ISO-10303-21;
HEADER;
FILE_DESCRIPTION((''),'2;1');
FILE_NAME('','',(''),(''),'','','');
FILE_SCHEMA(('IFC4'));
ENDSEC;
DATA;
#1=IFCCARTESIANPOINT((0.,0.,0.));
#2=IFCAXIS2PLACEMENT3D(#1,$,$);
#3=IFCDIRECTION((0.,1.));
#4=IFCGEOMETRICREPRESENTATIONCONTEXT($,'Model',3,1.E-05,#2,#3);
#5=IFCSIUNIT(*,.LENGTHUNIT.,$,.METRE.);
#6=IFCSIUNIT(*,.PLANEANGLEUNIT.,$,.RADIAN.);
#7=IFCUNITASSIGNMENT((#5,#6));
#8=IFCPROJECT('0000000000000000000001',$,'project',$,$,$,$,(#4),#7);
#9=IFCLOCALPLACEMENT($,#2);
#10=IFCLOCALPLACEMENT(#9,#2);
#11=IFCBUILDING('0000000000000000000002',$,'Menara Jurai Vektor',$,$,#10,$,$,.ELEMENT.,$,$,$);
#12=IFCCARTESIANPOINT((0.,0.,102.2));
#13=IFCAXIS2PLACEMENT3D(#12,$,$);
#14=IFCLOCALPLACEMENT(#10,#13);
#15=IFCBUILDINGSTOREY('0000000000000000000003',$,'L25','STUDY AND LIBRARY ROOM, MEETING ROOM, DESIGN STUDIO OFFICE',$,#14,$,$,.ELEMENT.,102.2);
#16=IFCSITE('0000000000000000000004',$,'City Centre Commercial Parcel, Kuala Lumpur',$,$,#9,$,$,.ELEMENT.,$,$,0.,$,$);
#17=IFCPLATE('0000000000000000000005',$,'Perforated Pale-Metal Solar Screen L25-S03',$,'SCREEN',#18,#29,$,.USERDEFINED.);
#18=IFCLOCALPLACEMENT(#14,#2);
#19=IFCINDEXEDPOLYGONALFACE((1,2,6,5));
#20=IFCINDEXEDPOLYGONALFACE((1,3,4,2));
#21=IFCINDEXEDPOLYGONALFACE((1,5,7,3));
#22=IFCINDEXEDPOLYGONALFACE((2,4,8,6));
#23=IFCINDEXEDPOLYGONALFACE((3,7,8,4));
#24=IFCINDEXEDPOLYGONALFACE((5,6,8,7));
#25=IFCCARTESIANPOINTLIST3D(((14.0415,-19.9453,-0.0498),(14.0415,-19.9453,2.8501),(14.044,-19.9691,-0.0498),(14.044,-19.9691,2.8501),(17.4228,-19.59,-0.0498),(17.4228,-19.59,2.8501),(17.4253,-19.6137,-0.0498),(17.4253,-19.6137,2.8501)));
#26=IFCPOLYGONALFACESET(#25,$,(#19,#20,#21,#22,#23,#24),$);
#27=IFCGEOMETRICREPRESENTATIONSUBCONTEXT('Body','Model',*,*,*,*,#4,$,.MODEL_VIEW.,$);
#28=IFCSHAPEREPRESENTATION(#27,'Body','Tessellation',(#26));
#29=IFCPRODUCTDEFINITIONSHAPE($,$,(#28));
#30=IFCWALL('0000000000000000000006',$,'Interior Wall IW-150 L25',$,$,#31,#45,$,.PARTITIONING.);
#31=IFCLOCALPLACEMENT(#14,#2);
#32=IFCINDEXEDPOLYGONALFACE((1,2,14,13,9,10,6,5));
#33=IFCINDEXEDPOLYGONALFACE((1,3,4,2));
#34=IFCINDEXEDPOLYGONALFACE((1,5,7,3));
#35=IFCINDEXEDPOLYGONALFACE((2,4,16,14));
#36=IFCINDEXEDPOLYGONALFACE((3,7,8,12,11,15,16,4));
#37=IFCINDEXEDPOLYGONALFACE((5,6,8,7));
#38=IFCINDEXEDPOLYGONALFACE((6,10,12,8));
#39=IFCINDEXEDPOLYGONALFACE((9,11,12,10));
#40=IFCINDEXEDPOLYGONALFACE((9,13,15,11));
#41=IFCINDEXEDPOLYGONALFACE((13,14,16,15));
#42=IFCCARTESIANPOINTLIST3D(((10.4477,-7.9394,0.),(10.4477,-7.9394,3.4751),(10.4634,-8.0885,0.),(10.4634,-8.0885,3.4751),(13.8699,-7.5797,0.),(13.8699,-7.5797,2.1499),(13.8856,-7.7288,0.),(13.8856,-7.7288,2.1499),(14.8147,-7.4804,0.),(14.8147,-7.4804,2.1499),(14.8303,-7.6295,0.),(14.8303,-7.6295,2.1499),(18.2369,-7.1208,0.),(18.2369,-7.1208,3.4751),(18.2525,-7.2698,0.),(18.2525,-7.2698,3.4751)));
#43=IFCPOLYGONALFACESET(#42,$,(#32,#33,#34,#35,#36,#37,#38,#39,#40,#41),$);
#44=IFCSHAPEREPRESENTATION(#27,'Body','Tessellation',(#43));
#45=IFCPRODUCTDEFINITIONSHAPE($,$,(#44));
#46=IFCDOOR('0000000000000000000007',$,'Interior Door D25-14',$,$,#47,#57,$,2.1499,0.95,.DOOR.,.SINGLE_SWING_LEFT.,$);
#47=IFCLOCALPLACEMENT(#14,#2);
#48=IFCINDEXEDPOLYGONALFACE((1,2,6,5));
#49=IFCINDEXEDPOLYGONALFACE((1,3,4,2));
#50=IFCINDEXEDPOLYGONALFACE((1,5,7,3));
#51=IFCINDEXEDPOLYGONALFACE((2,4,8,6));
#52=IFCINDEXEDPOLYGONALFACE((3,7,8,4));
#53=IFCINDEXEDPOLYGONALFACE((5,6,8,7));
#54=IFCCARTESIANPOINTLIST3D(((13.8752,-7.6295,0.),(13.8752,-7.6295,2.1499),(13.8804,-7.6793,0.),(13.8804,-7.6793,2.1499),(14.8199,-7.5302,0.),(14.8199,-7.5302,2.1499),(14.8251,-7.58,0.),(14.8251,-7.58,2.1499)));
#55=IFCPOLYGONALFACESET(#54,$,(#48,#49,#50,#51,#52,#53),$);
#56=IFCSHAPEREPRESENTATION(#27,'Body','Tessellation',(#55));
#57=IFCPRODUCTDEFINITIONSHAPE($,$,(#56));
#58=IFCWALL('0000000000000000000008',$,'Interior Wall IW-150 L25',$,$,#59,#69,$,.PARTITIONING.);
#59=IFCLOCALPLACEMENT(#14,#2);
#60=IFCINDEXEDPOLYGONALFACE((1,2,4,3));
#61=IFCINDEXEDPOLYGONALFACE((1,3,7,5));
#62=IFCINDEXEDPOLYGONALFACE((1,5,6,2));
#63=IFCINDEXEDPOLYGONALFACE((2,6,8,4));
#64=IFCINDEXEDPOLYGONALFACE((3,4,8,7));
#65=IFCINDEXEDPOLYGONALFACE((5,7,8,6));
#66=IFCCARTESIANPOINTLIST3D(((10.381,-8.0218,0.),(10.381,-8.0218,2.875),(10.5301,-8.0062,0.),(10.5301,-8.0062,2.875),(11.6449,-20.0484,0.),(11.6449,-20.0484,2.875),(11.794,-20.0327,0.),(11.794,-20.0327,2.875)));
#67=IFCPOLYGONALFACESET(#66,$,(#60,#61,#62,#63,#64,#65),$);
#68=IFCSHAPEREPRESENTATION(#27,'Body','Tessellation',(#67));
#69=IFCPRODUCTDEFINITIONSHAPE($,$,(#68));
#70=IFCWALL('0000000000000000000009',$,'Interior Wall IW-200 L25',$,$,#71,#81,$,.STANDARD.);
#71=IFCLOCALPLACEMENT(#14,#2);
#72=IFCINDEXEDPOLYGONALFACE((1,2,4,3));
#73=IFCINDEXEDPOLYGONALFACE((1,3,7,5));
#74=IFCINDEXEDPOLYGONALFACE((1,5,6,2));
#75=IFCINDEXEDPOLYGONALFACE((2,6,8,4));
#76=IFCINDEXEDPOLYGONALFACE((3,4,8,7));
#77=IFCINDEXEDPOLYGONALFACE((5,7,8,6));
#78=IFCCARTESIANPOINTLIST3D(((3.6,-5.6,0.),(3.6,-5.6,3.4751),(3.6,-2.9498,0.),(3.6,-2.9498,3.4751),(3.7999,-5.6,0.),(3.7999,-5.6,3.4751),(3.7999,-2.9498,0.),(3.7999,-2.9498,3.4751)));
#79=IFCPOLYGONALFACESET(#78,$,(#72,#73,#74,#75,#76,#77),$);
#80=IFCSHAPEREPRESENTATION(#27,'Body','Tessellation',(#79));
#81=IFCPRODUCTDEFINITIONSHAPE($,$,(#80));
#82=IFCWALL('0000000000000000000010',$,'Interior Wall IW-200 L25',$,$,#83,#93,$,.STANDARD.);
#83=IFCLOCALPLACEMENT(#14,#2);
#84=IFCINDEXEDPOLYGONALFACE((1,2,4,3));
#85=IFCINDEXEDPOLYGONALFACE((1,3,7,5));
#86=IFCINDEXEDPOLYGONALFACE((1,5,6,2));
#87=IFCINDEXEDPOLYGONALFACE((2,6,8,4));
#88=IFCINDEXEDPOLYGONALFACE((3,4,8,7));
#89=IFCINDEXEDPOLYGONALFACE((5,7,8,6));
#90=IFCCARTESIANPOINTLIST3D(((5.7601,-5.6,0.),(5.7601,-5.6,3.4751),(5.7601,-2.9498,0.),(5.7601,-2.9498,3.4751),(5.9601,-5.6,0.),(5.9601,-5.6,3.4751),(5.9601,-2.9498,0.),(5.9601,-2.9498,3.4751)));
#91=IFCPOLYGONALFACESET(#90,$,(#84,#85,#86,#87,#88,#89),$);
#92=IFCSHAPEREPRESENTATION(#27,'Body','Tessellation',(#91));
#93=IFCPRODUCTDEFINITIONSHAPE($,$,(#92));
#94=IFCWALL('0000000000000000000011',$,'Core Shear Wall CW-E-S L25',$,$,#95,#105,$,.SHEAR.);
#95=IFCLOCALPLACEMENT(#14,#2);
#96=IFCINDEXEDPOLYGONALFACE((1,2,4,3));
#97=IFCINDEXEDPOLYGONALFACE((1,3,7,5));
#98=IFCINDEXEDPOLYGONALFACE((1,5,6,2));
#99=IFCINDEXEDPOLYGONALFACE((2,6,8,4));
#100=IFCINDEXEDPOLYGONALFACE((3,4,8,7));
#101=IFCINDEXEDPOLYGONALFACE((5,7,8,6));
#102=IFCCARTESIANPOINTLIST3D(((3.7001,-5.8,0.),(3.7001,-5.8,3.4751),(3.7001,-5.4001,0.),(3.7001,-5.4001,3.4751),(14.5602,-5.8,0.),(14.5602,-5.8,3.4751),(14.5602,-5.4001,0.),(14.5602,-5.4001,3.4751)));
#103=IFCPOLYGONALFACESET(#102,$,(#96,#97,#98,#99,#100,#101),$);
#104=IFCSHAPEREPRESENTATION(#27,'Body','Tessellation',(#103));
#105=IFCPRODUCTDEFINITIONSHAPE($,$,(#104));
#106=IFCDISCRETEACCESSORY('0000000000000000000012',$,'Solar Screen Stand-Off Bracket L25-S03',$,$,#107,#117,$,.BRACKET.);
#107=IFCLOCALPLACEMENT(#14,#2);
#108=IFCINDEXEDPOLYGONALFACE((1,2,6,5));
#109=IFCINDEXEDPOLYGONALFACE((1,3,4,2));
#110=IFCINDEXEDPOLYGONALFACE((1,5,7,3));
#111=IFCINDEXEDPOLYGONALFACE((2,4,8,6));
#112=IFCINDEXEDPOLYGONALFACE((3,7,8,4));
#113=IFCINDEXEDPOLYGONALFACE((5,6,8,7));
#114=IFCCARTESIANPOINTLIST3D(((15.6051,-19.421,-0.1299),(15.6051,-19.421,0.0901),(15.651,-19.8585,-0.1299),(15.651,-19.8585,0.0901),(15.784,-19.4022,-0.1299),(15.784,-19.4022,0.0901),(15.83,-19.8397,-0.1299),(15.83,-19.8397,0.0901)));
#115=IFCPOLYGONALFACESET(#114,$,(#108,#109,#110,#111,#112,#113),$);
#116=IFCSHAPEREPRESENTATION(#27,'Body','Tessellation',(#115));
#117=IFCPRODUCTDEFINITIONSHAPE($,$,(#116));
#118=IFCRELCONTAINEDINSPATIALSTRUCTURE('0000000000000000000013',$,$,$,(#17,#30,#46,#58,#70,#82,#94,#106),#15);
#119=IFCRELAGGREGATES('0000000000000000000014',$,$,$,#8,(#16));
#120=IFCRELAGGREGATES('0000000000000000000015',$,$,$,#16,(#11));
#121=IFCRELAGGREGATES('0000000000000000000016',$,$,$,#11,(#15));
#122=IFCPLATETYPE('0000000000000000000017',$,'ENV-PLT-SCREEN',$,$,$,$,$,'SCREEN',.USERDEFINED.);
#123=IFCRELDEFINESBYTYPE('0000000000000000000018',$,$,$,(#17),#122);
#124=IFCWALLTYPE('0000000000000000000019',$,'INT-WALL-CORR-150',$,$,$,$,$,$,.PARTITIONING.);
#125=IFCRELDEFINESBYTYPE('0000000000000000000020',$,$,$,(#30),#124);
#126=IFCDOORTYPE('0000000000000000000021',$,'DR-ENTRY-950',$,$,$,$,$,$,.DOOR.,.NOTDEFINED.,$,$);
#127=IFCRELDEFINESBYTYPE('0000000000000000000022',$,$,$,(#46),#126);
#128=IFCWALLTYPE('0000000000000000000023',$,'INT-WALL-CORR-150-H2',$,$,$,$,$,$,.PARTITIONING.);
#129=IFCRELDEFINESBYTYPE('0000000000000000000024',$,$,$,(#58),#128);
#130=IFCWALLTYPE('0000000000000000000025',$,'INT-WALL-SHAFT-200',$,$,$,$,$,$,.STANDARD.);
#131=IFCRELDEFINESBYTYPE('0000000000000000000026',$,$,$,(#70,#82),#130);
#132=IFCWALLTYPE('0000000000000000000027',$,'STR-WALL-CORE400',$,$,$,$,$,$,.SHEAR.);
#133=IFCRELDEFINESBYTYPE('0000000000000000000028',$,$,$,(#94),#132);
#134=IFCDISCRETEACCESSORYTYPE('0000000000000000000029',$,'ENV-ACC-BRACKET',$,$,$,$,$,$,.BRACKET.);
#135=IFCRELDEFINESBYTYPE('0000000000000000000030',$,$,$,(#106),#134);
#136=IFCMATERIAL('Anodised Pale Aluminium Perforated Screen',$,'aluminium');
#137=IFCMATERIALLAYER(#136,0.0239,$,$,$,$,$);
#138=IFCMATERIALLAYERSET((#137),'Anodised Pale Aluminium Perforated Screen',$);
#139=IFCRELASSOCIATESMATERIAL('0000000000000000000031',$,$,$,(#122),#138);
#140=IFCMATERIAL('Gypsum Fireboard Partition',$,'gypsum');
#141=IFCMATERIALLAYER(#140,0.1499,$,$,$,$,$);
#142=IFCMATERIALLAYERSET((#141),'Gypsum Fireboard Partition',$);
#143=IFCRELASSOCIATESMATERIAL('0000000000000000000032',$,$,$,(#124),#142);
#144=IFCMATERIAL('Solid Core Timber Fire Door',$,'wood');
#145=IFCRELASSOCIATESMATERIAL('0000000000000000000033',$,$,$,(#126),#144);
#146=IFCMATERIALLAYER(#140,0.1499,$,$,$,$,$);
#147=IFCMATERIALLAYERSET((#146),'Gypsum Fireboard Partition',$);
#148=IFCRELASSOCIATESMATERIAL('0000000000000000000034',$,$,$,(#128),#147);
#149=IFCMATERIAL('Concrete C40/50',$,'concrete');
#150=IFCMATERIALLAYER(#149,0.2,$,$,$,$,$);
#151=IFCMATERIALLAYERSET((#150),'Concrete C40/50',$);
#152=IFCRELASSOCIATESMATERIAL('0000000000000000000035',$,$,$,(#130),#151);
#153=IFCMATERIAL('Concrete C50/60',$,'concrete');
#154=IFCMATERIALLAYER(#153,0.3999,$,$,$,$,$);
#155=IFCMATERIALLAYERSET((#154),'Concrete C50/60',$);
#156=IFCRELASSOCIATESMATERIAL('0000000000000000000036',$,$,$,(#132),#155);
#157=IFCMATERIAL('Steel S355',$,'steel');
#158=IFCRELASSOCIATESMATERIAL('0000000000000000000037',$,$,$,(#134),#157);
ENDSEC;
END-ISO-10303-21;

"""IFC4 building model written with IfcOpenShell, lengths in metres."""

from ifc_helpers import new_model, si_unit, direction, frame, frame_2d, origin, origin_2d, place, context, subcontext, project, spatial, rectangle, extrude, material, layer, layer_set, type_object, element, fill, save


model = new_model("IFC4")

# Units and contexts
model_context = context("Model", 3, precision=1e-05, world=origin(), true_north=direction((0.0, 1.0)))
body_context = subcontext(model_context, "Body", "Model", "MODEL_VIEW")
ifc_project = project(units=[si_unit("LENGTHUNIT", "METRE"), si_unit("PLANEANGLEUNIT", "RADIAN")], contexts=[model_context])

# Site, building, storey
site_placement = place(None, origin())
site = spatial("IfcSite", under=ifc_project, at=site_placement, Name="City Centre Commercial Parcel, Kuala Lumpur", CompositionType="ELEMENT", RefElevation=0.0)
building_placement = place(site_placement, origin())
building = spatial("IfcBuilding", under=site, at=building_placement, Name="Menara Jurai Vektor", CompositionType="ELEMENT")
storey_placement = place(building_placement, frame((0.0, 0.0, 102.2)))
storey = spatial("IfcBuildingStorey", under=building, at=storey_placement, Name="L25", Description="STUDY AND LIBRARY ROOM, MEETING ROOM, DESIGN STUDIO OFFICE", CompositionType="ELEMENT", Elevation=102.2)

# Shared definitions
ifc_material_1 = material(Name="Concrete C50/60", Category="concrete")

# Shared definitions
ifc_material_2 = material(Name="Steel S355", Category="steel")

# Plate
ifc_material_3 = material(Name="Anodised Pale Aluminium Perforated Screen", Category="aluminium")
ifc_layer_1 = layer(ifc_material_3, 0.0239)
ifc_layer_set_1 = layer_set([ifc_layer_1], Name="Anodised Pale Aluminium Perforated Screen")
plate_type_1 = type_object("IfcPlateType", Name="ENV-PLT-SCREEN", ElementType="SCREEN", PredefinedType="USERDEFINED", material=ifc_layer_set_1)
plate_1_placement = place(storey_placement, frame((15.7334, -19.7795, -0.0498), z_axis=(0.0, 0.0, 1.0), x_axis=(0.994522, 0.104528, 0.0)))
element("IfcPlate", 1, at=plate_1_placement, inside=storey, type_object=plate_type_1, Name="Perforated Pale-Metal Solar Screen L25-S03", ObjectType="SCREEN", PredefinedType="USERDEFINED", context=body_context, shape_type="SweptSolid", body=[
    extrude(rectangle(XDim=3.3999, YDim=0.0239, at=origin_2d()), origin(), (0.0, 0.0, 1.0), 2.8999),
])

# Wall, opening, door
ifc_material_4 = material(Name="Gypsum Fireboard Partition", Category="gypsum")
ifc_layer_2 = layer(ifc_material_4, 0.1499)
ifc_layer_set_2 = layer_set([ifc_layer_2], Name="Gypsum Fireboard Partition")
wall_type_1 = type_object("IfcWallType", Name="INT-WALL-CORR-150", PredefinedType="PARTITIONING", material=ifc_layer_set_2)
wall_1_placement = place(storey_placement, frame((10.4556, -8.0139, 0.0), z_axis=(0.0, 0.0, 1.0), x_axis=(0.994523, 0.104521, 0.0)))
wall_1 = element("IfcWall", 2, at=wall_1_placement, inside=storey, type_object=wall_type_1, Name="Interior Wall IW-150 L25", PredefinedType="PARTITIONING", context=body_context, shape_type="SweptSolid", body=[
    extrude(rectangle(XDim=7.832, YDim=0.1499, at=frame_2d((3.916, 0.0))), origin(), (0.0, 0.0, 1.0), 3.4751),
])
opening_placement = place(wall_1_placement, frame((3.4409, 0.0, 0.0)))
opening = element("IfcOpeningElement", 3, at=opening_placement, cuts=wall_1, PredefinedType="OPENING", context=body_context, shape_type="SweptSolid", body=[
    extrude(rectangle(XDim=0.95, YDim=2.1499, at=frame_2d((0.4751, 1.075))), frame((0.0, 0.085, 0.0), z_axis=(0.0, -1.0, 0.0), x_axis=(1.0, 0.0, 0.0)), (0.0, 0.0, 1.0), 0.1699),
])
ifc_material_5 = material(Name="Solid Core Timber Fire Door", Category="wood")
door_type = type_object("IfcDoorType", Name="DR-ENTRY-950", OperationType="NOTDEFINED", PredefinedType="DOOR", material=ifc_material_5)
door_placement = place(opening_placement, origin())
door = element("IfcDoor", 4, at=door_placement, inside=storey, type_object=door_type, Name="Interior Door D25-14", OperationType="SINGLE_SWING_LEFT", OverallHeight=2.1499, OverallWidth=0.95, PredefinedType="DOOR", context=body_context, shape_type="SweptSolid", body=[
    extrude(rectangle(XDim=0.95, YDim=2.1499, at=frame_2d((0.4751, 1.075))), frame((0.0, 0.0249, 0.0), z_axis=(0.0, -1.0, 0.0), x_axis=(1.0, 0.0, 0.0)), (0.0, 0.0, 1.0), 0.05),
])
fill(opening, door)

# Walls
ifc_layer_3 = layer(ifc_material_4, 0.1499)
ifc_layer_set_3 = layer_set([ifc_layer_3], Name="Gypsum Fireboard Partition")
wall_type_2 = type_object("IfcWallType", Name="INT-WALL-CORR-150-H2", PredefinedType="PARTITIONING", material=ifc_layer_set_3)
wall_2_placement = place(storey_placement, frame((11.7195, -20.0405, 0.0), z_axis=(0.0, 0.0, 1.0), x_axis=(-0.104518, 0.994523, 0.0)))
element("IfcWall", 5, at=wall_2_placement, inside=storey, type_object=wall_type_2, Name="Interior Wall IW-150 L25", PredefinedType="PARTITIONING", context=body_context, shape_type="SweptSolid", body=[
    extrude(rectangle(XDim=12.0928, YDim=0.1499, at=frame_2d((6.0464, 0.0))), origin(), (0.0, 0.0, 1.0), 2.875),
])
ifc_material_6 = material(Name="Concrete C40/50", Category="concrete")
ifc_layer_4 = layer(ifc_material_6, 0.2)
ifc_layer_set_4 = layer_set([ifc_layer_4], Name="Concrete C40/50")
wall_type_3 = type_object("IfcWallType", Name="INT-WALL-SHAFT-200", PredefinedType="STANDARD", material=ifc_layer_set_4)
for number, where, z_axis, x_axis, name in (
    (6, (3.7, -5.6001, 0.0), (0.0, 0.0, 1.0), (0.0, 1.0, 0.0), "Interior Wall IW-200 L25"),
    (7, (5.8601, -5.6001, 0.0), (0.0, 0.0, 1.0), (0.0, 1.0, 0.0), "Interior Wall IW-200 L25"),
):
    element("IfcWall", number, at=place(storey_placement, frame(where, z_axis=z_axis, x_axis=x_axis)), inside=storey, type_object=wall_type_3, Name=name, PredefinedType="STANDARD", context=body_context, shape_type="SweptSolid", body=[
        extrude(rectangle(XDim=2.6501, YDim=0.2, at=frame_2d((1.3252, 0.0))), origin(), (0.0, 0.0, 1.0), 3.4751),
    ])
ifc_layer_5 = layer(ifc_material_1, 0.3999)
ifc_layer_set_5 = layer_set([ifc_layer_5], Name="Concrete C50/60")
wall_type_4 = type_object("IfcWallType", Name="STR-WALL-CORE400", PredefinedType="SHEAR", material=ifc_layer_set_5)
wall_3_placement = place(storey_placement, frame((3.7, -5.6001, 0.0), z_axis=(0.0, 0.0, 1.0), x_axis=(1.0, 0.0, 0.0)))
element("IfcWall", 8, at=wall_3_placement, inside=storey, type_object=wall_type_4, Name="Core Shear Wall CW-E-S L25", PredefinedType="SHEAR", context=body_context, shape_type="SweptSolid", body=[
    extrude(rectangle(XDim=10.8601, YDim=0.3999, at=frame_2d((5.4302, 0.0))), origin(), (0.0, 0.0, 1.0), 3.4751),
])

# Discrete accessory
discrete_accessory_type = type_object("IfcDiscreteAccessoryType", Name="ENV-ACC-BRACKET", PredefinedType="BRACKET", material=ifc_material_2)
discrete_accessory_placement = place(storey_placement, frame((15.7175, -19.6304, -0.1299), z_axis=(0.0, 0.0, 1.0), x_axis=(0.994522, 0.104528, 0.0)))
element("IfcDiscreteAccessory", 9, at=discrete_accessory_placement, inside=storey, type_object=discrete_accessory_type, Name="Solar Screen Stand-Off Bracket L25-S03", PredefinedType="BRACKET", context=body_context, shape_type="SweptSolid", body=[
    extrude(rectangle(XDim=0.1799, YDim=0.4399, at=origin_2d()), origin(), (0.0, 0.0, 1.0), 0.22),
])

save(model, "model.ifc")
